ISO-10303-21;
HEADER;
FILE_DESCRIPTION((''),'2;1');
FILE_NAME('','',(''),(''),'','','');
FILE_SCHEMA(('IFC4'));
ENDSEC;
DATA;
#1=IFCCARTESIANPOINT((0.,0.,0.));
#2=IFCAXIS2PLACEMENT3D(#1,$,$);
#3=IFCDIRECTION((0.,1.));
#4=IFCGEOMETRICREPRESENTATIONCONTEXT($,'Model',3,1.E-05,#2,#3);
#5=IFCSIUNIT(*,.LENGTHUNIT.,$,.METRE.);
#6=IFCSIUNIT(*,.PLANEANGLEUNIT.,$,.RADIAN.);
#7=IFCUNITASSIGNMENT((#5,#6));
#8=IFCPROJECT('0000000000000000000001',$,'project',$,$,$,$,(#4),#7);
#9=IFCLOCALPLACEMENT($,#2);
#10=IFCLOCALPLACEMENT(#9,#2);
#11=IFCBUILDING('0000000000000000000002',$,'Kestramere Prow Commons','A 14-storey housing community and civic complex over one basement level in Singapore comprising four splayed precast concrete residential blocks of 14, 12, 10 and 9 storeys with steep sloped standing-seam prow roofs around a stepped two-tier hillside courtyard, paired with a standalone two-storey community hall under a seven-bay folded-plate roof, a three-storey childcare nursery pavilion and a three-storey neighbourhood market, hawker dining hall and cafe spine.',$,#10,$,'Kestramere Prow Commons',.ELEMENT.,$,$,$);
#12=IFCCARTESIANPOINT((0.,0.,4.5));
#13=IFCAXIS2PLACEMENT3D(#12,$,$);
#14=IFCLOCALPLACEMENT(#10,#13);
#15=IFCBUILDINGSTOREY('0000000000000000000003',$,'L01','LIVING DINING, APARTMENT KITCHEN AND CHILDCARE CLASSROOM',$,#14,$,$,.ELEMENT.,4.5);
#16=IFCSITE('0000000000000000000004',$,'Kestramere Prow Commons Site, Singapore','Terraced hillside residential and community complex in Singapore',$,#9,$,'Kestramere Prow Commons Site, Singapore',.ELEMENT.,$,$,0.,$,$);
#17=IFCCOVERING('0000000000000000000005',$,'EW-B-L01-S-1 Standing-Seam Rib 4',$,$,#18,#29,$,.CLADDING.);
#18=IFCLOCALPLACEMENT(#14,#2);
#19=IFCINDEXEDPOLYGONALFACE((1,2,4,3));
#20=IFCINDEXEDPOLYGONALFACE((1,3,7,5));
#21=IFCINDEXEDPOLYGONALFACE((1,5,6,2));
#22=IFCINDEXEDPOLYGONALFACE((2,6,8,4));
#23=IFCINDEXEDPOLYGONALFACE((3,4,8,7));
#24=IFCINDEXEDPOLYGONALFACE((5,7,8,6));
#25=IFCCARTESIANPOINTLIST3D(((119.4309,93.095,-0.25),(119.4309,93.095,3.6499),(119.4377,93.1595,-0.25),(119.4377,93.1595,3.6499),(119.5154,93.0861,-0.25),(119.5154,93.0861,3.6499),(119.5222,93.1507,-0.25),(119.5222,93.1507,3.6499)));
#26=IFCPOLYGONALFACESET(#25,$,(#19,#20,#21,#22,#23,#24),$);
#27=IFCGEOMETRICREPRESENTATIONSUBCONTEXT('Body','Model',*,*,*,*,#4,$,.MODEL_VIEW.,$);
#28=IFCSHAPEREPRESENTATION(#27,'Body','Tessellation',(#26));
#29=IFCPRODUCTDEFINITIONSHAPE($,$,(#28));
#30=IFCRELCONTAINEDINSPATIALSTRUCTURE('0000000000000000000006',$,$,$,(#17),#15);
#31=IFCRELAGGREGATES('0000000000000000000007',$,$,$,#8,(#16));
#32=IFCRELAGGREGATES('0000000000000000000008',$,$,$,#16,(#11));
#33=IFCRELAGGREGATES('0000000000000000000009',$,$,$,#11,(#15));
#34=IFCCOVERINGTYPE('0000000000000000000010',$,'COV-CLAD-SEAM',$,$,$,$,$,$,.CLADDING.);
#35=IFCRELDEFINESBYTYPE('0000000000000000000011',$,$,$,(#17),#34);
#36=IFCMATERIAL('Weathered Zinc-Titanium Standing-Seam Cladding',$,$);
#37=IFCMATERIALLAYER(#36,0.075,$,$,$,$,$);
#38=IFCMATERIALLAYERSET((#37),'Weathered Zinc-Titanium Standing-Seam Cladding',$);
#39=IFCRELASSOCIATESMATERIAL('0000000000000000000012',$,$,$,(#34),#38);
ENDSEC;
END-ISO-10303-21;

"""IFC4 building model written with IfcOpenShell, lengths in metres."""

from ifc_helpers import new_model, si_unit, direction, frame, origin, origin_2d, place, context, subcontext, project, spatial, rectangle, extrude, material, layer, layer_set, type_object, element, save


model = new_model("IFC4")

# Units and contexts
model_context = context("Model", 3, precision=1e-05, world=origin(), true_north=direction((0.0, 1.0)))
body_context = subcontext(model_context, "Body", "Model", "MODEL_VIEW")
ifc_project = project(units=[si_unit("LENGTHUNIT", "METRE"), si_unit("PLANEANGLEUNIT", "RADIAN")], contexts=[model_context])

# Site, building, storey
site_placement = place(None, origin())
site = spatial("IfcSite", under=ifc_project, at=site_placement, Name="Kestramere Prow Commons Site, Singapore", Description="Terraced hillside residential and community complex in Singapore", LongName="Kestramere Prow Commons Site, Singapore", CompositionType="ELEMENT", RefElevation=0.0)
building_placement = place(site_placement, origin())
building = spatial("IfcBuilding", under=site, at=building_placement, Name="Kestramere Prow Commons", Description="A 14-storey housing community and civic complex over one basement level in Singapore comprising four splayed precast concrete residential blocks of 14, 12, 10 and 9 storeys with steep sloped standing-seam prow roofs around a stepped two-tier hillside courtyard, paired with a standalone two-storey community hall under a seven-bay folded-plate roof, a three-storey childcare nursery pavilion and a three-storey neighbourhood market, hawker dining hall and cafe spine.", LongName="Kestramere Prow Commons", CompositionType="ELEMENT")
storey_placement = place(building_placement, frame((0.0, 0.0, 4.5)))
storey = spatial("IfcBuildingStorey", under=building, at=storey_placement, Name="L01", Description="LIVING DINING, APARTMENT KITCHEN AND CHILDCARE CLASSROOM", CompositionType="ELEMENT", Elevation=4.5)

# Covering
ifc_material_1 = material(Name="Weathered Zinc-Titanium Standing-Seam Cladding")
ifc_layer_1 = layer(ifc_material_1, 0.075)
ifc_layer_set_1 = layer_set([ifc_layer_1], Name="Weathered Zinc-Titanium Standing-Seam Cladding")
covering_type = type_object("IfcCoveringType", Name="COV-CLAD-SEAM", PredefinedType="CLADDING", material=ifc_layer_set_1)
for number, where, z_axis, x_axis, name in (
    (1, (119.4766, 93.1228, -0.25), (0.0, 0.0, 1.0), (-0.994522, 0.104528, 0.0), "EW-B-L01-S-1 Standing-Seam Rib 4"),
):
    element("IfcCovering", number, at=place(storey_placement, frame(where, z_axis=z_axis, x_axis=x_axis)), inside=storey, type_object=covering_type, Name=name, PredefinedType="CLADDING", context=body_context, shape_type="SweptSolid", body=[
        extrude(rectangle(XDim=0.085, YDim=0.0649, at=origin_2d()), origin(), (0.0, 0.0, 1.0), 3.8999),
    ])

save(model, "model.ifc")
